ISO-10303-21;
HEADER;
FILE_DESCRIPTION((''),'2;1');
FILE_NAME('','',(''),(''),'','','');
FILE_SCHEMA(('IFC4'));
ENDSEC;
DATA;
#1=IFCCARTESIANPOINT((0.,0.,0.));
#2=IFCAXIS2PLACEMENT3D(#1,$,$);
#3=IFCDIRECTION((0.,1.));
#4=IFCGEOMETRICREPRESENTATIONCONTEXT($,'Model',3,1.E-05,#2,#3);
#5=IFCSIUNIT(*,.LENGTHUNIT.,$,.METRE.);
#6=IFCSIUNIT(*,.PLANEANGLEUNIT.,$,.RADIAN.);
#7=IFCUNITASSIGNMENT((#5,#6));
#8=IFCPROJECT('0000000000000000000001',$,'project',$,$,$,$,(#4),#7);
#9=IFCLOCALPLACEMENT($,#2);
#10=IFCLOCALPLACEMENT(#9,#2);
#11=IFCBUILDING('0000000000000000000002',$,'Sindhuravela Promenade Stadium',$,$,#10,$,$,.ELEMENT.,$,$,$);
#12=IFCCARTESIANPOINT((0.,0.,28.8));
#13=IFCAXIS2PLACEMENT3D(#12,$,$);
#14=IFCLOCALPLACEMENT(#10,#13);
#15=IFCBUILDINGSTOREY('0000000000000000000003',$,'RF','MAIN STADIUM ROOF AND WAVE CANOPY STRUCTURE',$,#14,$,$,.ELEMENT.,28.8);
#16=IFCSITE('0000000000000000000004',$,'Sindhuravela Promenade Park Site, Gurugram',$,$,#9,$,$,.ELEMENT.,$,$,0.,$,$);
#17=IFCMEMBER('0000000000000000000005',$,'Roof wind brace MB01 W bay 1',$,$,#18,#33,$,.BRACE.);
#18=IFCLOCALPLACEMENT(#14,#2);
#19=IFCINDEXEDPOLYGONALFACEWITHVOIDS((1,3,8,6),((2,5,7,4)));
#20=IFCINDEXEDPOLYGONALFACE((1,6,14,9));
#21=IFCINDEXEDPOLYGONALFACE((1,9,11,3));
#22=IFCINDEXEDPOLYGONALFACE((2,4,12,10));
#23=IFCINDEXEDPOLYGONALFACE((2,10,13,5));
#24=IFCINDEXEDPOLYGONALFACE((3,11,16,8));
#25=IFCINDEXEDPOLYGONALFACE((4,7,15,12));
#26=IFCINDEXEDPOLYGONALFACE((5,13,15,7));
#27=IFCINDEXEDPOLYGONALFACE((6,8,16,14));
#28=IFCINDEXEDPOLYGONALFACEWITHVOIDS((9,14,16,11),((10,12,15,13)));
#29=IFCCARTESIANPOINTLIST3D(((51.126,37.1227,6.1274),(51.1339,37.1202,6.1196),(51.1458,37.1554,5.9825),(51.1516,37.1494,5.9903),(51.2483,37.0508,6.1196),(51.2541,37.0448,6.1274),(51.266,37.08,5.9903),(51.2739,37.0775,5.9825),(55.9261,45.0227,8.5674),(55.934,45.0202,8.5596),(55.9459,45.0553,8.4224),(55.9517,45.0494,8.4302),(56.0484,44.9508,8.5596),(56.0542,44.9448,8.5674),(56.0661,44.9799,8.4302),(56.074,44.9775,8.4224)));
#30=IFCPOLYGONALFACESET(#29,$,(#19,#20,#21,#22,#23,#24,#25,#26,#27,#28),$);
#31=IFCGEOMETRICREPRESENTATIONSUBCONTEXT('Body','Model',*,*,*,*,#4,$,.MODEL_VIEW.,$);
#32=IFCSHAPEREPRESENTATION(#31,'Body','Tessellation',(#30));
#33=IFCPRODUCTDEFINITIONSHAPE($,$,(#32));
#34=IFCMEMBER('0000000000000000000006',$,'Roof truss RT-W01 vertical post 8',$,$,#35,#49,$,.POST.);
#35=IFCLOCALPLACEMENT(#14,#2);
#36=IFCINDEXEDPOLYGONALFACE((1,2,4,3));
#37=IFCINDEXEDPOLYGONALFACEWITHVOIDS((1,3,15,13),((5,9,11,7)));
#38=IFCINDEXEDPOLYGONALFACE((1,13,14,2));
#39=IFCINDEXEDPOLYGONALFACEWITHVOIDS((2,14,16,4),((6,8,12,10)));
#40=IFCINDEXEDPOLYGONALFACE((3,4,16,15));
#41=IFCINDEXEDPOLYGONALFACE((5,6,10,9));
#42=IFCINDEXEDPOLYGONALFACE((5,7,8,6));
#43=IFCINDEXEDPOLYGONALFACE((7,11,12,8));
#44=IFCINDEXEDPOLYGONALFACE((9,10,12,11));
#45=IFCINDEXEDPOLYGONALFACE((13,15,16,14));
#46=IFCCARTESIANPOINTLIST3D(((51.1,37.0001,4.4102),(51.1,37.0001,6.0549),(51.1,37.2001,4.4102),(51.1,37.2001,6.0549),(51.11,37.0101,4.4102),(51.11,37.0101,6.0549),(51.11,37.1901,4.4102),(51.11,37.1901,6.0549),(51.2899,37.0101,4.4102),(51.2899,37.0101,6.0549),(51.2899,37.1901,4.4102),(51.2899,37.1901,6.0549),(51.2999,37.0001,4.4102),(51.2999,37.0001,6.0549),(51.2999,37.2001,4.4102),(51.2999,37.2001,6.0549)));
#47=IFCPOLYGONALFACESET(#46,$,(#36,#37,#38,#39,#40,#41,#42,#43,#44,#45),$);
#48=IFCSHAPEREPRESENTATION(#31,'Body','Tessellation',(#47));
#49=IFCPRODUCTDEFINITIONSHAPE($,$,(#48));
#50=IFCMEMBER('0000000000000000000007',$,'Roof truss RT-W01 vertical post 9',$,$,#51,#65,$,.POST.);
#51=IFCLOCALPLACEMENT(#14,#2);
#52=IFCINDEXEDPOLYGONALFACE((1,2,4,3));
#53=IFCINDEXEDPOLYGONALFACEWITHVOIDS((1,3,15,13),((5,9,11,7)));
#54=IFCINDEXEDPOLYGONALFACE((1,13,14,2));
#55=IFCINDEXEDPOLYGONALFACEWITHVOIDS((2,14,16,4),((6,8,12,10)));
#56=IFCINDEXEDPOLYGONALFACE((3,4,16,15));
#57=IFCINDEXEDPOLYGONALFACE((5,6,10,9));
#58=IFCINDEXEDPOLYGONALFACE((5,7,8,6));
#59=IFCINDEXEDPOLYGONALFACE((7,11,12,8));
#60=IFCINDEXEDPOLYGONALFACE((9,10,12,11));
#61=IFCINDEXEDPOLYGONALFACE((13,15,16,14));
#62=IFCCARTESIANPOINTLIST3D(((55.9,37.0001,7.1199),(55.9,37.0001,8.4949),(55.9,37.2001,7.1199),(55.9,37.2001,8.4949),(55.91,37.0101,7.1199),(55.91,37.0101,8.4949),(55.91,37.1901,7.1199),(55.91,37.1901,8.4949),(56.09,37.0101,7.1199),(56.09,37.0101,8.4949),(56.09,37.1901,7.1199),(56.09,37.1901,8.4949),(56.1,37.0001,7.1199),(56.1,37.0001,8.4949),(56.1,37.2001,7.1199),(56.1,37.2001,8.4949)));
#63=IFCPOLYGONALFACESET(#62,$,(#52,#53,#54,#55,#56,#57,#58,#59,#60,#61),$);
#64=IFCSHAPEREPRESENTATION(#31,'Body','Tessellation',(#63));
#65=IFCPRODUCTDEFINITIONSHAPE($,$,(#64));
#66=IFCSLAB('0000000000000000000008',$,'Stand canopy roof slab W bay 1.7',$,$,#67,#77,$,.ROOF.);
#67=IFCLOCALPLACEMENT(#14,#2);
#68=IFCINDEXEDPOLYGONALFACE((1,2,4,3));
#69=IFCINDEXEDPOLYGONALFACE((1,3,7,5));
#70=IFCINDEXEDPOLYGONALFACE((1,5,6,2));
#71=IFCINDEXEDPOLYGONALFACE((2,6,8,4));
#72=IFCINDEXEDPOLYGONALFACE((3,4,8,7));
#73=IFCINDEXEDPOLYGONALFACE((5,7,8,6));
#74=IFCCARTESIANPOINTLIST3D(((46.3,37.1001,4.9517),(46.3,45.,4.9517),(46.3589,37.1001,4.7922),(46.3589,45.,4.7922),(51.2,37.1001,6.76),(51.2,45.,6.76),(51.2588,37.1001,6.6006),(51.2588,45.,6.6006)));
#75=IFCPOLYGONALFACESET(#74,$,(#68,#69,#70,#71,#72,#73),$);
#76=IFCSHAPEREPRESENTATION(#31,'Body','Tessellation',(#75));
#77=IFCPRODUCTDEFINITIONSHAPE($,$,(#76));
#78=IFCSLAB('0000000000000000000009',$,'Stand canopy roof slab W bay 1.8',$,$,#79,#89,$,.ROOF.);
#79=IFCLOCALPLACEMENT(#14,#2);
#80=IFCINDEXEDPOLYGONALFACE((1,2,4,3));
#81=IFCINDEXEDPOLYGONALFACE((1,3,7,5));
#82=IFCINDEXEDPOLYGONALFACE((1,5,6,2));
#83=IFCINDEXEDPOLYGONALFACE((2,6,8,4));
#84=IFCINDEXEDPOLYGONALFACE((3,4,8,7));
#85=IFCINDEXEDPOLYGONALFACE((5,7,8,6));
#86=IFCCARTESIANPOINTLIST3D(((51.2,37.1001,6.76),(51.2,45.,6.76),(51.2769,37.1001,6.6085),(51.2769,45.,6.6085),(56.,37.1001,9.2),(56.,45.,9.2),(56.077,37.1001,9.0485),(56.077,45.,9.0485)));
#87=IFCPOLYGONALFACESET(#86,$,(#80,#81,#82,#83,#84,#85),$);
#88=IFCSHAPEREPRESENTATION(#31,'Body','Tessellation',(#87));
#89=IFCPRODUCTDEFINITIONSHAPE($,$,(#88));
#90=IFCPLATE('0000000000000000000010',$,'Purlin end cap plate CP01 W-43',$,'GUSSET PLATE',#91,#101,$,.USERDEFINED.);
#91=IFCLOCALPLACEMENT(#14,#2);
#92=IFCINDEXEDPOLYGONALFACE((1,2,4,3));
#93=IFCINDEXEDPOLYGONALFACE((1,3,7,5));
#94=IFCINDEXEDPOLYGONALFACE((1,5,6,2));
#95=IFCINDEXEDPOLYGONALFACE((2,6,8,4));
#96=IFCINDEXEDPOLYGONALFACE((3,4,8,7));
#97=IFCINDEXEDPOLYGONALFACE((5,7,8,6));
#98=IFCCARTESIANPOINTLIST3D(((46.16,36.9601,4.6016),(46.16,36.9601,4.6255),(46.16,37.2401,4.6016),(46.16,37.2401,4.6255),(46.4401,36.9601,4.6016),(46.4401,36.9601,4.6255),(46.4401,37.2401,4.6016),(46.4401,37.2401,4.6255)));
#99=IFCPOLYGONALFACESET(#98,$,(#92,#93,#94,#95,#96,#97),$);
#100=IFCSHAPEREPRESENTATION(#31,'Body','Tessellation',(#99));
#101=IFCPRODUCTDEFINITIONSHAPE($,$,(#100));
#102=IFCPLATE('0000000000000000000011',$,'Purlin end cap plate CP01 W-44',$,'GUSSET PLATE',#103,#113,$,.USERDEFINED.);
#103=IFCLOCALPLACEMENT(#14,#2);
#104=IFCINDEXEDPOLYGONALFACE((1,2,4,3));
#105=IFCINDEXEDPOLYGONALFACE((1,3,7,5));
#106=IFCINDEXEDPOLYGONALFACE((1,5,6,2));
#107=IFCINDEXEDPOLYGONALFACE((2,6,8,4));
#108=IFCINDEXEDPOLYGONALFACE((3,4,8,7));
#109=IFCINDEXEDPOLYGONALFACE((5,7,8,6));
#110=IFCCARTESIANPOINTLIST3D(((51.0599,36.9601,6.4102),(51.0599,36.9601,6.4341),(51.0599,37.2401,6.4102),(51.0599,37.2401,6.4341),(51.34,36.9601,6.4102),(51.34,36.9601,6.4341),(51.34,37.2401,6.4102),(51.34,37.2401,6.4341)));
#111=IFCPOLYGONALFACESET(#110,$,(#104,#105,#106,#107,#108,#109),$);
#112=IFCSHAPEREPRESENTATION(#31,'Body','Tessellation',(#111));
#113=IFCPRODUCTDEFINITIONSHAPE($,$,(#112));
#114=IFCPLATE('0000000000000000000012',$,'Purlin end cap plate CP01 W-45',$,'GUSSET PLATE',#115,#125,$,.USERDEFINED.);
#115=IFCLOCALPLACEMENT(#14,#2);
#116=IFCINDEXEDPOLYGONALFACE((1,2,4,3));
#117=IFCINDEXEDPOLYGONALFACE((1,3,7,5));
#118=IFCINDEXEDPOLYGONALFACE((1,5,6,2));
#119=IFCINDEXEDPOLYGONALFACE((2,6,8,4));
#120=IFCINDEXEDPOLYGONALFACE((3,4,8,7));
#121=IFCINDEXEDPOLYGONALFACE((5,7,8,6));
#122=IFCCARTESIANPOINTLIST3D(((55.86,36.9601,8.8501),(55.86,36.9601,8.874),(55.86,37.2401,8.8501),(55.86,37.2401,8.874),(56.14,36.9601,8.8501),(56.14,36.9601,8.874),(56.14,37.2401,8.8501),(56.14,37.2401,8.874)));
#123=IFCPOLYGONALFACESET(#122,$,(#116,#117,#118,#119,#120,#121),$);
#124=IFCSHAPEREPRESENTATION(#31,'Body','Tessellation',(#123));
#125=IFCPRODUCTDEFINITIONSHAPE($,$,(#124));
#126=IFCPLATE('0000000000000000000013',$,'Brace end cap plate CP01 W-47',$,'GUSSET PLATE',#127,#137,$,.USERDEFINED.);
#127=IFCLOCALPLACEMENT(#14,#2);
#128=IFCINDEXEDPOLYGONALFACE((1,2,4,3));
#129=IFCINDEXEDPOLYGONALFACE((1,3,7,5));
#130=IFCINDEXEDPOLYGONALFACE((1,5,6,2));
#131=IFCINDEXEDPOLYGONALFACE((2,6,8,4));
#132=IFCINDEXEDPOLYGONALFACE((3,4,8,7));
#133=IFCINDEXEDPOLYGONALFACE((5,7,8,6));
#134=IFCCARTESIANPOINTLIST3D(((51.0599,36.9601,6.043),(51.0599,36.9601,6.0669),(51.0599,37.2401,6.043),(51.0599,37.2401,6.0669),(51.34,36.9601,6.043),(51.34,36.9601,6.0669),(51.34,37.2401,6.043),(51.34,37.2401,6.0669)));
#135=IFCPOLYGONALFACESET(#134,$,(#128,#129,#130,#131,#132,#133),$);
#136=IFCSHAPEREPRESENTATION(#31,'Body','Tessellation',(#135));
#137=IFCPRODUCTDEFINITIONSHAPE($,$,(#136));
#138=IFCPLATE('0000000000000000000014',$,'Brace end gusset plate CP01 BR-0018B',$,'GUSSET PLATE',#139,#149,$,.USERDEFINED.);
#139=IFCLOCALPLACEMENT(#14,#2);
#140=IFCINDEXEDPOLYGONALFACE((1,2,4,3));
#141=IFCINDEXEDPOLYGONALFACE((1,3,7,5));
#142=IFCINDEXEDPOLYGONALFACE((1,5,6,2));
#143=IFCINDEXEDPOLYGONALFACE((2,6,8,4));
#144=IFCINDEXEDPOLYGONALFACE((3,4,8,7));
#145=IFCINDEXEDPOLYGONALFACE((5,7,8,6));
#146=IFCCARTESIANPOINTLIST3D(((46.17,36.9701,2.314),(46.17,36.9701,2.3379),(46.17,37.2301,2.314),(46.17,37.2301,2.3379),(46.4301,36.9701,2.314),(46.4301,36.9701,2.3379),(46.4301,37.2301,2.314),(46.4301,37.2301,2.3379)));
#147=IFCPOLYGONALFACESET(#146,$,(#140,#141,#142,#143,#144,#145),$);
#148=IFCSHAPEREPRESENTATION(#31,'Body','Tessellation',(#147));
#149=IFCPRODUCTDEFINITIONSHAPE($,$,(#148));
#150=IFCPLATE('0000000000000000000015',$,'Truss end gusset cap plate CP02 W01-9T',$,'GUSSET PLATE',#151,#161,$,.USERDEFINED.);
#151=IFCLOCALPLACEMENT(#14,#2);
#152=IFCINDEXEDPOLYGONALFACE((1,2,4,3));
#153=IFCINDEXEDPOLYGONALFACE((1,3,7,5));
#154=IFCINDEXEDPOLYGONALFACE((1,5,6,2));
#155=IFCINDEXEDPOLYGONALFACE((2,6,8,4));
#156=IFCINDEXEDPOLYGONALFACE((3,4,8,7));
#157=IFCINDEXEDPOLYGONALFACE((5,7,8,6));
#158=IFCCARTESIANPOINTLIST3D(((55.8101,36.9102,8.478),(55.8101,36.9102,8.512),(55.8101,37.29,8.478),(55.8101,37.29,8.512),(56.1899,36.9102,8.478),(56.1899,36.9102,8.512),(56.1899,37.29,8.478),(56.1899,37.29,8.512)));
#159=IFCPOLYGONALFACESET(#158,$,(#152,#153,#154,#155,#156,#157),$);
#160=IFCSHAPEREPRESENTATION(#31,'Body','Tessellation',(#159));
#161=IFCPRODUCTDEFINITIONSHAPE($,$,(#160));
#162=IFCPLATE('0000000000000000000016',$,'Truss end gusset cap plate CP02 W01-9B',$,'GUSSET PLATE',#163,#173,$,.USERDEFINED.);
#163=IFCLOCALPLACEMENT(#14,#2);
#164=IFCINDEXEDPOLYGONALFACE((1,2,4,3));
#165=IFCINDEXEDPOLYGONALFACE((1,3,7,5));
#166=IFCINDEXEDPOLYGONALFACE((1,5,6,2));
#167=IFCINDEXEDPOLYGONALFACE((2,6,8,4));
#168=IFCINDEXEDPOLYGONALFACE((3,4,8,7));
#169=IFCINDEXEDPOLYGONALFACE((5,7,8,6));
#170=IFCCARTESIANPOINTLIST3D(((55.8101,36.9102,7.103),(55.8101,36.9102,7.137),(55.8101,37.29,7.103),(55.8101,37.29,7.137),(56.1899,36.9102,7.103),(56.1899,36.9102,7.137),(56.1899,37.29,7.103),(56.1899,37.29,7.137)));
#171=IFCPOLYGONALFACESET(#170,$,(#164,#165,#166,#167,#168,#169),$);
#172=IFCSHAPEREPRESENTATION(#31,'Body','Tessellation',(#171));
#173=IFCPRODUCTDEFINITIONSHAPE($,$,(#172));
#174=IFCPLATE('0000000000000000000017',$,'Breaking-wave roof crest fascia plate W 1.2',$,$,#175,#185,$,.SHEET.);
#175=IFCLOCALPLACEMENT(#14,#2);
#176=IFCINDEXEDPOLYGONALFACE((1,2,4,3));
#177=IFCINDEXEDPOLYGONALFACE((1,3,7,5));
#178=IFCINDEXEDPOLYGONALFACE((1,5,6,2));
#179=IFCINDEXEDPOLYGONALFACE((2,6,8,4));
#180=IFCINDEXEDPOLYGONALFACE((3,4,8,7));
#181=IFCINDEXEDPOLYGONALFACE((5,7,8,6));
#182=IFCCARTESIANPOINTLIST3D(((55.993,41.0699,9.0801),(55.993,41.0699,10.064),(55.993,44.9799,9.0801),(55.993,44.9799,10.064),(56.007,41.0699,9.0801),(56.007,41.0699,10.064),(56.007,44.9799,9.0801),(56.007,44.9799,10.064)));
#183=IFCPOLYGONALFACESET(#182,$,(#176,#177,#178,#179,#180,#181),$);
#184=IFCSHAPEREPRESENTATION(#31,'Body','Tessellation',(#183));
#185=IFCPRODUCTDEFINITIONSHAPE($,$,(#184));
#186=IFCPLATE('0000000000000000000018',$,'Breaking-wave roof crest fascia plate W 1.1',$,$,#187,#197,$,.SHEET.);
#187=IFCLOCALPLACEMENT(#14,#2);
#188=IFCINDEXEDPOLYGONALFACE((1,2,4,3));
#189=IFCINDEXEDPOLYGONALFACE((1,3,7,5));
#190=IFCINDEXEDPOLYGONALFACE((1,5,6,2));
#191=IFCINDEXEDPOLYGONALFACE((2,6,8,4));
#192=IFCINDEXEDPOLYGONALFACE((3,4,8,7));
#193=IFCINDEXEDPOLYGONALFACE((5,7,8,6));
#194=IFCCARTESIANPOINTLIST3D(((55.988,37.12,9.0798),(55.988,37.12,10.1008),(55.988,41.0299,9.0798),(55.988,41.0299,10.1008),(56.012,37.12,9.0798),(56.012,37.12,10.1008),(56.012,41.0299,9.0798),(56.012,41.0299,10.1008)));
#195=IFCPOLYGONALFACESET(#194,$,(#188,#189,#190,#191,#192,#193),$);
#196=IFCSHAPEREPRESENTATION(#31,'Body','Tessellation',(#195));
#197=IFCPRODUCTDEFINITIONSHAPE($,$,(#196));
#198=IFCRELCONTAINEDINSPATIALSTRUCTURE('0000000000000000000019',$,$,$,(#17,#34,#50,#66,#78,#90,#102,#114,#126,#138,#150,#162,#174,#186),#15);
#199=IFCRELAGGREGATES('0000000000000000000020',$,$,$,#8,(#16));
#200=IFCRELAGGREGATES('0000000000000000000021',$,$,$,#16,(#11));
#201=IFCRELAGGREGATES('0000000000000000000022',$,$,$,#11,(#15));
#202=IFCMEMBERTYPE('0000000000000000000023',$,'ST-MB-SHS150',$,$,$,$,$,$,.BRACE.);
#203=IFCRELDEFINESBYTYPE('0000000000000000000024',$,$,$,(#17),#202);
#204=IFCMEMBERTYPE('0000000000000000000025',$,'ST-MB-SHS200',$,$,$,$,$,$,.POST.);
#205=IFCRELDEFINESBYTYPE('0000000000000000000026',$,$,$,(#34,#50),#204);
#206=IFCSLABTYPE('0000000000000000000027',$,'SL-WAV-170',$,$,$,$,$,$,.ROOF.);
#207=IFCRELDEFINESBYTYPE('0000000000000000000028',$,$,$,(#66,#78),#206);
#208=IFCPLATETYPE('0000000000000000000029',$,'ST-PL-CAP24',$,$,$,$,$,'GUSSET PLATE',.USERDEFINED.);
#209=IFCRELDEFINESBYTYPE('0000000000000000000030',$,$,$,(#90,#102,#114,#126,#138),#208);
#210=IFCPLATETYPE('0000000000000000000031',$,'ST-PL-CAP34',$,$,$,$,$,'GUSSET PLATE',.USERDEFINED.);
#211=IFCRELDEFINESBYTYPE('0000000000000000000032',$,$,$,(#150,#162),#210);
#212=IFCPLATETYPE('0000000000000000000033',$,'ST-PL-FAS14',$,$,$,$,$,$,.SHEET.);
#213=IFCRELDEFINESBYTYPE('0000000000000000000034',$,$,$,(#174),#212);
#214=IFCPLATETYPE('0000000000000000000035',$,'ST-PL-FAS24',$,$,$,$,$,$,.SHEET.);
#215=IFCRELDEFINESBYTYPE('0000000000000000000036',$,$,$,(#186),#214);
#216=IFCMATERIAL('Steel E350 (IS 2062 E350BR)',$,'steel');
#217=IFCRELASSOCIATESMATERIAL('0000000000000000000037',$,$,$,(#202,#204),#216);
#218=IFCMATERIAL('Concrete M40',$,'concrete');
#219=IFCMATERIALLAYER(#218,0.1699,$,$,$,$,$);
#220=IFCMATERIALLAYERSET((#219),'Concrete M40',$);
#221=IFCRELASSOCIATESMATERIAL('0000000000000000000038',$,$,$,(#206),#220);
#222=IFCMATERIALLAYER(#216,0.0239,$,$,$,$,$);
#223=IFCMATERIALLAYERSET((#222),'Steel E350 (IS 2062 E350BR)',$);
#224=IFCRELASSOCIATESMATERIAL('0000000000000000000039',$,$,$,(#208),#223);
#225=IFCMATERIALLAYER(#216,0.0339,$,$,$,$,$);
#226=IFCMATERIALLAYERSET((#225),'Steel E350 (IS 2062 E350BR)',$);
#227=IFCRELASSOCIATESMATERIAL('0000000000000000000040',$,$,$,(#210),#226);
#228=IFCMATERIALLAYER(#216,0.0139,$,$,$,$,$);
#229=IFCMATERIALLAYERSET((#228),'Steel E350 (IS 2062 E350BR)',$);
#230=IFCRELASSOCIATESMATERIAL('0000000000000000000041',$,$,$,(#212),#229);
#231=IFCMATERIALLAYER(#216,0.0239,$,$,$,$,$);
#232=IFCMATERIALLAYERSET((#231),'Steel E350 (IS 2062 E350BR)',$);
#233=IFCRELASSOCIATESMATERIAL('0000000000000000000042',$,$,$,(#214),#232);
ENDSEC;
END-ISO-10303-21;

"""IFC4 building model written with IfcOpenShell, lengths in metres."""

from ifc_helpers import new_model, si_unit, direction, frame, origin, origin_2d, place, context, subcontext, project, spatial, polyline, rectangle, hollow_rectangle, outline, extrude, material, layer, layer_set, material_profile, profile_set, type_object, element, save


model = new_model("IFC4")

# Units and contexts
model_context = context("Model", 3, precision=1e-05, world=origin(), true_north=direction((0.0, 1.0)))
body_context = subcontext(model_context, "Body", "Model", "MODEL_VIEW")
ifc_project = project(units=[si_unit("LENGTHUNIT", "METRE"), si_unit("PLANEANGLEUNIT", "RADIAN")], contexts=[model_context])

# Site, building, storey
site_placement = place(None, origin())
site = spatial("IfcSite", under=ifc_project, at=site_placement, Name="Sindhuravela Promenade Park Site, Gurugram", CompositionType="ELEMENT", RefElevation=0.0)
building_placement = place(site_placement, origin())
building = spatial("IfcBuilding", under=site, at=building_placement, Name="Sindhuravela Promenade Stadium", CompositionType="ELEMENT")
storey_placement = place(building_placement, frame((0.0, 0.0, 28.8)))
storey = spatial("IfcBuildingStorey", under=building, at=storey_placement, Name="RF", Description="MAIN STADIUM ROOF AND WAVE CANOPY STRUCTURE", CompositionType="ELEMENT", Elevation=28.8)

# Shared definitions
ifc_material_1 = material(Name="Steel E350 (IS 2062 E350BR)", Category="steel")

# Members
ifc_material_profile_1 = material_profile(ifc_material_1, hollow_rectangle(XDim=0.1499, YDim=0.1499, WallThickness=0.0081, at=origin_2d()), Name="SHS 150x150x8")
ifc_profile_set_1 = profile_set([ifc_material_profile_1], Name="Steel E350 (IS 2062 E350BR)")
member_type_1 = type_object("IfcMemberType", Name="ST-MB-SHS150", PredefinedType="BRACE", material=ifc_profile_set_1)
member_1_placement = place(storey_placement, frame((51.2, 37.1001, 6.0549), z_axis=(0.502073, 0.826311, 0.255212), x_axis=(-0.854611, 0.519269, 0.0)))
element("IfcMember", 1, at=member_1_placement, inside=storey, type_object=member_type_1, Name="Roof wind brace MB01 W bay 1", PredefinedType="BRACE", context=body_context, shape_type="SweptSolid", body=[
    extrude(hollow_rectangle(XDim=0.1499, YDim=0.1499, WallThickness=0.0081, at=origin_2d()), origin(), (0.0, 0.0, 1.0), 9.5605),
])
ifc_material_profile_2 = material_profile(ifc_material_1, hollow_rectangle(XDim=0.2, YDim=0.2, WallThickness=0.01, at=origin_2d()), Name="SHS 200x200x10")
ifc_profile_set_2 = profile_set([ifc_material_profile_2], Name="Steel E350 (IS 2062 E350BR)")
member_type_2 = type_object("IfcMemberType", Name="ST-MB-SHS200", PredefinedType="POST", material=ifc_profile_set_2)
member_2_placement = place(storey_placement, frame((51.2, 37.1001, 4.4102), z_axis=(0.0, 0.0, 1.0), x_axis=(1.0, 0.0, 0.0)))
element("IfcMember", 2, at=member_2_placement, inside=storey, type_object=member_type_2, Name="Roof truss RT-W01 vertical post 8", PredefinedType="POST", context=body_context, shape_type="SweptSolid", body=[
    extrude(hollow_rectangle(XDim=0.2, YDim=0.2, WallThickness=0.01, at=origin_2d()), origin(), (0.0, 0.0, 1.0), 1.6448),
])
member_3_placement = place(storey_placement, frame((56.0, 37.1001, 7.1199), z_axis=(0.0, 0.0, 1.0), x_axis=(1.0, 0.0, 0.0)))
element("IfcMember", 3, at=member_3_placement, inside=storey, type_object=member_type_2, Name="Roof truss RT-W01 vertical post 9", PredefinedType="POST", context=body_context, shape_type="SweptSolid", body=[
    extrude(hollow_rectangle(XDim=0.2, YDim=0.2, WallThickness=0.01, at=origin_2d()), origin(), (0.0, 0.0, 1.0), 1.375),
])

# Slabs
ifc_material_2 = material(Name="Concrete M40", Category="concrete")
ifc_layer_1 = layer(ifc_material_2, 0.1699)
ifc_layer_set_1 = layer_set([ifc_layer_1], Name="Concrete M40")
slab_type = type_object("IfcSlabType", Name="SL-WAV-170", PredefinedType="ROOF", material=ifc_layer_set_1)
slab_1_placement = place(storey_placement, frame((46.3, 37.1001, 4.9517), z_axis=(-0.346232, 0.0, 0.938149), x_axis=(0.0, 1.0, 0.0)))
element("IfcSlab", 4, at=slab_1_placement, inside=storey, type_object=slab_type, Name="Stand canopy roof slab W bay 1.7", PredefinedType="ROOF", context=body_context, shape_type="SweptSolid", body=[
    extrude(outline(polyline([(0.0, 0.0), (0.0, -5.2229), (7.8999, -5.2229), (7.8999, 0.0), (0.0, 0.0)])), origin(), (0.0, 0.0, -1.0), 0.1699),
])
slab_2_placement = place(storey_placement, frame((51.2, 37.1001, 6.76), z_axis=(-0.453134, 0.0, 0.891442), x_axis=(0.0, 1.0, 0.0)))
element("IfcSlab", 5, at=slab_2_placement, inside=storey, type_object=slab_type, Name="Stand canopy roof slab W bay 1.8", PredefinedType="ROOF", context=body_context, shape_type="SweptSolid", body=[
    extrude(outline(polyline([(0.0, 0.0), (0.0, -5.3846), (7.8999, -5.3846), (7.8999, 0.0), (0.0, 0.0)])), origin(), (0.0, 0.0, -1.0), 0.1699),
])

# Plates
ifc_layer_2 = layer(ifc_material_1, 0.0239)
ifc_layer_set_2 = layer_set([ifc_layer_2], Name="Steel E350 (IS 2062 E350BR)")
plate_type_1 = type_object("IfcPlateType", Name="ST-PL-CAP24", ElementType="GUSSET PLATE", PredefinedType="USERDEFINED", material=ifc_layer_set_2)
for number, where, z_axis, x_axis, name in (
    (6, (46.3, 37.1001, 4.6016), (0.0, 0.0, 1.0), (1.0, 0.0, 0.0), "Purlin end cap plate CP01 W-43"),
    (7, (51.2, 37.1001, 6.4102), (0.0, 0.0, 1.0), (1.0, 0.0, 0.0), "Purlin end cap plate CP01 W-44"),
    (8, (56.0, 37.1001, 8.8501), (0.0, 0.0, 1.0), (1.0, 0.0, 0.0), "Purlin end cap plate CP01 W-45"),
    (9, (51.2, 37.1001, 6.043), (0.0, 0.0, 1.0), (1.0, 0.0, 0.0), "Brace end cap plate CP01 W-47"),
):
    element("IfcPlate", number, at=place(storey_placement, frame(where, z_axis=z_axis, x_axis=x_axis)), inside=storey, type_object=plate_type_1, Name=name, ObjectType="GUSSET PLATE", PredefinedType="USERDEFINED", context=body_context, shape_type="SweptSolid", body=[
        extrude(rectangle(XDim=0.28, YDim=0.28, at=origin_2d()), origin(), (0.0, 0.0, 1.0), 0.0239),
    ])
plate_1_placement = place(storey_placement, frame((46.3, 37.1001, 2.314), z_axis=(0.0, 0.0, 1.0), x_axis=(1.0, 0.0, 0.0)))
element("IfcPlate", 10, at=plate_1_placement, inside=storey, type_object=plate_type_1, Name="Brace end gusset plate CP01 BR-0018B", ObjectType="GUSSET PLATE", PredefinedType="USERDEFINED", context=body_context, shape_type="SweptSolid", body=[
    extrude(rectangle(XDim=0.26, YDim=0.26, at=origin_2d()), origin(), (0.0, 0.0, 1.0), 0.0239),
])
ifc_layer_3 = layer(ifc_material_1, 0.0339)
ifc_layer_set_3 = layer_set([ifc_layer_3], Name="Steel E350 (IS 2062 E350BR)")
plate_type_2 = type_object("IfcPlateType", Name="ST-PL-CAP34", ElementType="GUSSET PLATE", PredefinedType="USERDEFINED", material=ifc_layer_set_3)
for number, where, z_axis, x_axis, name in (
    (11, (56.0, 37.1001, 8.478), (0.0, 0.0, 1.0), (1.0, 0.0, 0.0), "Truss end gusset cap plate CP02 W01-9T"),
    (12, (56.0, 37.1001, 7.103), (0.0, 0.0, 1.0), (1.0, 0.0, 0.0), "Truss end gusset cap plate CP02 W01-9B"),
):
    element("IfcPlate", number, at=place(storey_placement, frame(where, z_axis=z_axis, x_axis=x_axis)), inside=storey, type_object=plate_type_2, Name=name, ObjectType="GUSSET PLATE", PredefinedType="USERDEFINED", context=body_context, shape_type="SweptSolid", body=[
        extrude(rectangle(XDim=0.3799, YDim=0.3799, at=origin_2d()), origin(), (0.0, 0.0, 1.0), 0.0339),
    ])
ifc_layer_4 = layer(ifc_material_1, 0.0139)
ifc_layer_set_4 = layer_set([ifc_layer_4], Name="Steel E350 (IS 2062 E350BR)")
plate_type_3 = type_object("IfcPlateType", Name="ST-PL-FAS14", PredefinedType="SHEET", material=ifc_layer_set_4)
plate_2_placement = place(storey_placement, frame((56.0, 43.0249, 9.0801), z_axis=(0.0, 0.0, 1.0), x_axis=(0.0, 1.0, 0.0)))
element("IfcPlate", 13, at=plate_2_placement, inside=storey, type_object=plate_type_3, Name="Breaking-wave roof crest fascia plate W 1.2", PredefinedType="SHEET", context=body_context, shape_type="SweptSolid", body=[
    extrude(rectangle(XDim=3.9099, YDim=0.0139, at=origin_2d()), origin(), (0.0, 0.0, 1.0), 0.9839),
])
ifc_layer_5 = layer(ifc_material_1, 0.0239)
ifc_layer_set_5 = layer_set([ifc_layer_5], Name="Steel E350 (IS 2062 E350BR)")
plate_type_4 = type_object("IfcPlateType", Name="ST-PL-FAS24", PredefinedType="SHEET", material=ifc_layer_set_5)
plate_3_placement = place(storey_placement, frame((56.0, 39.075, 9.0798), z_axis=(0.0, 0.0, 1.0), x_axis=(0.0, 1.0, 0.0)))
element("IfcPlate", 14, at=plate_3_placement, inside=storey, type_object=plate_type_4, Name="Breaking-wave roof crest fascia plate W 1.1", PredefinedType="SHEET", context=body_context, shape_type="SweptSolid", body=[
    extrude(rectangle(XDim=3.9099, YDim=0.0239, at=origin_2d()), origin(), (0.0, 0.0, 1.0), 1.021),
])

save(model, "model.ifc")
